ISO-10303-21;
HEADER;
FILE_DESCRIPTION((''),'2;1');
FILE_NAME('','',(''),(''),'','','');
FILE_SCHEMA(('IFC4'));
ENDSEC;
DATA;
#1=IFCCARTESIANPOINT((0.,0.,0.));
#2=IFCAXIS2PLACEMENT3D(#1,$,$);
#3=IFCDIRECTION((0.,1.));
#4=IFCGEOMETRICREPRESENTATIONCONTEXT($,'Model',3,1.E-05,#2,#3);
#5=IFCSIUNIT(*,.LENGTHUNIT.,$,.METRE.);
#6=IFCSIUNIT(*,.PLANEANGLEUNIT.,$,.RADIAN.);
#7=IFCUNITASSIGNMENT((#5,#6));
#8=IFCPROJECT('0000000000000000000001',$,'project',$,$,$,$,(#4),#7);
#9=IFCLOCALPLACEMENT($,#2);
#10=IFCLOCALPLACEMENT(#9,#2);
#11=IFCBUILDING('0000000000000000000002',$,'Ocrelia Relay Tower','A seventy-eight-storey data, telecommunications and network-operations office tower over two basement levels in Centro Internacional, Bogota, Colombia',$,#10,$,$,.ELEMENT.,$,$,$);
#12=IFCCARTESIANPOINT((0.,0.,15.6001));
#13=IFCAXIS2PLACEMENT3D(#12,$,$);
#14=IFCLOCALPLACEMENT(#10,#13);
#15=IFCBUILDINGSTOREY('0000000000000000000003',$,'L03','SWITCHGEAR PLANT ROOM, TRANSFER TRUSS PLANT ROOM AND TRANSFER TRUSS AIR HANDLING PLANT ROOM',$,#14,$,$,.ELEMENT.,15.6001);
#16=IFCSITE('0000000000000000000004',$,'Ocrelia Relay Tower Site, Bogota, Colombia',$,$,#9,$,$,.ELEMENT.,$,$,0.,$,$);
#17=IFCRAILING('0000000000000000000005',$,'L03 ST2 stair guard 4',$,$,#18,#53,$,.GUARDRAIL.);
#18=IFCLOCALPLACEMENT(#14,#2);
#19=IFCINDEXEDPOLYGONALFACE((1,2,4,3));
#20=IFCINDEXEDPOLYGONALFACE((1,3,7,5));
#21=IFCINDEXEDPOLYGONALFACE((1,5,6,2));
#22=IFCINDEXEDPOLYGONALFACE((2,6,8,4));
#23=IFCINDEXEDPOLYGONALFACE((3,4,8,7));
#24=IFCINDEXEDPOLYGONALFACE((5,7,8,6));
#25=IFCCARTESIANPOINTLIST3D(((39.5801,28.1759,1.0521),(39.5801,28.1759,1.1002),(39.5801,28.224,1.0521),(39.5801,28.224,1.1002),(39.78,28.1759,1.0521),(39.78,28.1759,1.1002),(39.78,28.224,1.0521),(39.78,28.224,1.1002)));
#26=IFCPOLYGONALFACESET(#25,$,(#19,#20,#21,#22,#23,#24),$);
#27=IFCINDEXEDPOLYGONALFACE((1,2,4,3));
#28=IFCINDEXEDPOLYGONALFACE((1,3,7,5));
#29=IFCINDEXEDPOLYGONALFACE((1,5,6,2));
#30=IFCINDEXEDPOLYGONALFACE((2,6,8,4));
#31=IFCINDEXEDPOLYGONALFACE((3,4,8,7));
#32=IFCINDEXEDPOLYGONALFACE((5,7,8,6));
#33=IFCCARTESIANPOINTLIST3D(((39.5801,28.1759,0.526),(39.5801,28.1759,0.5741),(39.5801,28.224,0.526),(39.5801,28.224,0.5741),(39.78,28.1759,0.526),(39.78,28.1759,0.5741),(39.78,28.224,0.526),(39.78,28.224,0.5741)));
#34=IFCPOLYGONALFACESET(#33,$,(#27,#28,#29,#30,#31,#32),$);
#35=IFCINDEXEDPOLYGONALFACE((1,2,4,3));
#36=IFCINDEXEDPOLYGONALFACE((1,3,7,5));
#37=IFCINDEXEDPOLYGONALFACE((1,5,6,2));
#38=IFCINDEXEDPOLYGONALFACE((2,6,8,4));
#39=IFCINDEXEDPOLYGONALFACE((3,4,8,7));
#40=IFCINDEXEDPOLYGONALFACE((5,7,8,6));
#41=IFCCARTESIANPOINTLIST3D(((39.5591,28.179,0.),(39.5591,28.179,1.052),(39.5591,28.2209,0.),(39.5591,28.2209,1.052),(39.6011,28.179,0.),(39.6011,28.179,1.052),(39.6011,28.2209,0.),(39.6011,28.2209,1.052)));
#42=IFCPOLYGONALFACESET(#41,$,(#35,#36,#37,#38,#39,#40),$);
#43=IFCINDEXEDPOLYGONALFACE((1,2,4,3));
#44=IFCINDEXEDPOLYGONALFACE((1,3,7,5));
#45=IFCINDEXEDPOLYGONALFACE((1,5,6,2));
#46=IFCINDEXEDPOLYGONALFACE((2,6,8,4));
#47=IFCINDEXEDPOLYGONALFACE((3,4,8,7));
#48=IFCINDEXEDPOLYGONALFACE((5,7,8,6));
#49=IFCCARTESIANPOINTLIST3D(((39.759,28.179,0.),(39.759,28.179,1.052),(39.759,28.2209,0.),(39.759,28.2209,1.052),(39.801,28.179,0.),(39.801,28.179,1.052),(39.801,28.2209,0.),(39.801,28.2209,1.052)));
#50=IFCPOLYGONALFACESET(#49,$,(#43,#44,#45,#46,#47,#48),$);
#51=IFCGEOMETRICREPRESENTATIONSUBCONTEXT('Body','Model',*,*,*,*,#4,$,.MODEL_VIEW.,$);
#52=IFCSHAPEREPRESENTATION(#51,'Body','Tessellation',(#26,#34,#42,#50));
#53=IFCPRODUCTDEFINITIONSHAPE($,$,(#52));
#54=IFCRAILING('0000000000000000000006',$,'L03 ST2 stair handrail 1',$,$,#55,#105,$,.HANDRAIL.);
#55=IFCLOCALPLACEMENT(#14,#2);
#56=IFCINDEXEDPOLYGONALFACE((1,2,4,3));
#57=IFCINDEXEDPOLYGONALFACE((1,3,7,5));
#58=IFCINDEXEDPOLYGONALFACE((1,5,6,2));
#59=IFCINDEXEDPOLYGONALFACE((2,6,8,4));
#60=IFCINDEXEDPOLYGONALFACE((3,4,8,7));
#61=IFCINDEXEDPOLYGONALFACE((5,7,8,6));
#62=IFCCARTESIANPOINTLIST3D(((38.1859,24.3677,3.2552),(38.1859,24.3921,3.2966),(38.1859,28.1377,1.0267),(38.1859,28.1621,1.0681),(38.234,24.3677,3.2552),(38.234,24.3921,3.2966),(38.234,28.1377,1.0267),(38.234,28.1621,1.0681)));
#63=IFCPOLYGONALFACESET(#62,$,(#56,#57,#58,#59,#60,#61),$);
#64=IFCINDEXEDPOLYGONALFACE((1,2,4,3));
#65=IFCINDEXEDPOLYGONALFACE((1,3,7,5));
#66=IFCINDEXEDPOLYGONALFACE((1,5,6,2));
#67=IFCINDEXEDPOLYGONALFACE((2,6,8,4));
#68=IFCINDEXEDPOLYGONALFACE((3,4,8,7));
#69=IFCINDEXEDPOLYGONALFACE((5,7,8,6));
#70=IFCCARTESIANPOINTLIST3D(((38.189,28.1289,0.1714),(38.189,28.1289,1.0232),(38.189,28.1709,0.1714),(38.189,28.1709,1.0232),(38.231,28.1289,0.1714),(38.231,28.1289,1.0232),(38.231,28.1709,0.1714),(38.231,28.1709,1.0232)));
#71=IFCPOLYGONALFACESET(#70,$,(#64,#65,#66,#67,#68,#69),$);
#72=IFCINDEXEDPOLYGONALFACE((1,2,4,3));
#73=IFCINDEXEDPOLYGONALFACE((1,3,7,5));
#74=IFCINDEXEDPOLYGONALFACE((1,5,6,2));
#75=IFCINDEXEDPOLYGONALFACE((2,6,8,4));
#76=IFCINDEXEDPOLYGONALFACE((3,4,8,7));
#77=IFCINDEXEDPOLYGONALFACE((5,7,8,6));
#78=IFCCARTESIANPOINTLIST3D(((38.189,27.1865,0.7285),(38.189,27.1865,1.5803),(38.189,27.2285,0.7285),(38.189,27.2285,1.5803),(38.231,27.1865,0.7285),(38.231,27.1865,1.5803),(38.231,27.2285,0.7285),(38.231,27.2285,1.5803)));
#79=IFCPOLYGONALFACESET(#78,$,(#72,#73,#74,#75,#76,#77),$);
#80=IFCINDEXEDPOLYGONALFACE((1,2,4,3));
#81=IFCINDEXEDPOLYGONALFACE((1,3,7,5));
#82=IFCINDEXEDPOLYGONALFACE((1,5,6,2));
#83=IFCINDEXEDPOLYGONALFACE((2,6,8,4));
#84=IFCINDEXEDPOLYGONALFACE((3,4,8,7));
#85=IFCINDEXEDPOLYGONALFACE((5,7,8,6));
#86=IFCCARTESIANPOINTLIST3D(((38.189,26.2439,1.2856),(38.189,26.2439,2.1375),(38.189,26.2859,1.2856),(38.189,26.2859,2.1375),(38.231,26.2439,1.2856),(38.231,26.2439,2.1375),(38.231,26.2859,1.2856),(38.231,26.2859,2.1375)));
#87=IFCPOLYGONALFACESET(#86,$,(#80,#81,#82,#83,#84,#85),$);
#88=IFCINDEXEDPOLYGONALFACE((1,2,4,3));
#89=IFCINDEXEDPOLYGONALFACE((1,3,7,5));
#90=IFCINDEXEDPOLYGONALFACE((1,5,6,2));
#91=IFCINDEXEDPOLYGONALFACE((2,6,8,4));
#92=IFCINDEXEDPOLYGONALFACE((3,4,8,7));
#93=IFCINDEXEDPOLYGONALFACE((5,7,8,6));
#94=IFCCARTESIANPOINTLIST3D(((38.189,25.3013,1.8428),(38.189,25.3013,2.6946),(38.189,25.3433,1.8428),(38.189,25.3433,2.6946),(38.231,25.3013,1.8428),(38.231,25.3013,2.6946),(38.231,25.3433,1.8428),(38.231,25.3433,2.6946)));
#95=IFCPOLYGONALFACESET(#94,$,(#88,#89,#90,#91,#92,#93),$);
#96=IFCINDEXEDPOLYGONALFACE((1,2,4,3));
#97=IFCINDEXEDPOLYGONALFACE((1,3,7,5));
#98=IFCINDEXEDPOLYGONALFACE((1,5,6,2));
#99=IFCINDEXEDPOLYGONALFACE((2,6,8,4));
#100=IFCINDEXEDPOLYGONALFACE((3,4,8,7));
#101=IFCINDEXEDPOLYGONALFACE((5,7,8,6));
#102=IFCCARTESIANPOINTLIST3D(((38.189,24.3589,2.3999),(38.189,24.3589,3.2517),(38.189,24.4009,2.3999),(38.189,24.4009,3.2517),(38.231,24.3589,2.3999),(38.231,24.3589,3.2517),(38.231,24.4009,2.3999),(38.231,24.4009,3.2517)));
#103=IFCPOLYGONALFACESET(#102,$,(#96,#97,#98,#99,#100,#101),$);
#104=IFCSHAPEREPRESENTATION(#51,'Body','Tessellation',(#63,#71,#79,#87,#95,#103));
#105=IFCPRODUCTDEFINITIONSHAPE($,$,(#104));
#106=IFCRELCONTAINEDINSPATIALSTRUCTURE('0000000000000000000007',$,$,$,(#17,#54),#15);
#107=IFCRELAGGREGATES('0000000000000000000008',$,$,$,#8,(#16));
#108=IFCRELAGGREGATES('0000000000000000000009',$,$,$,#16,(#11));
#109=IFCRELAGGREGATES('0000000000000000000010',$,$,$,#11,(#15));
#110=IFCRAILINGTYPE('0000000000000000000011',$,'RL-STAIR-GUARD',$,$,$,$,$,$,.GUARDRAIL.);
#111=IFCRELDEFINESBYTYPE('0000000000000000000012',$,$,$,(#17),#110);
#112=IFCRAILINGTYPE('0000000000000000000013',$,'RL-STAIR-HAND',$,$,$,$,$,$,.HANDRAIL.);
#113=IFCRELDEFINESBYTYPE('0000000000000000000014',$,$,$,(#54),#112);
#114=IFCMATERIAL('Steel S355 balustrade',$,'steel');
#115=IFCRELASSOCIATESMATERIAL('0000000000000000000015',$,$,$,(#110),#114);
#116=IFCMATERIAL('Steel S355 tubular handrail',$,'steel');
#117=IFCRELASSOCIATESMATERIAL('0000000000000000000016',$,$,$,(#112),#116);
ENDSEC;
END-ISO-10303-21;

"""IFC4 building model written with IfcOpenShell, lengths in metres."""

from ifc_helpers import new_model, si_unit, direction, frame, origin, origin_2d, place, context, subcontext, project, spatial, rectangle, extrude, material, type_object, element, save


model = new_model("IFC4")

# Units and contexts
model_context = context("Model", 3, precision=1e-05, world=origin(), true_north=direction((0.0, 1.0)))
body_context = subcontext(model_context, "Body", "Model", "MODEL_VIEW")
ifc_project = project(units=[si_unit("LENGTHUNIT", "METRE"), si_unit("PLANEANGLEUNIT", "RADIAN")], contexts=[model_context])

# Site, building, storey
site_placement = place(None, origin())
site = spatial("IfcSite", under=ifc_project, at=site_placement, Name="Ocrelia Relay Tower Site, Bogota, Colombia", CompositionType="ELEMENT", RefElevation=0.0)
building_placement = place(site_placement, origin())
building = spatial("IfcBuilding", under=site, at=building_placement, Name="Ocrelia Relay Tower", Description="A seventy-eight-storey data, telecommunications and network-operations office tower over two basement levels in Centro Internacional, Bogota, Colombia", CompositionType="ELEMENT")
storey_placement = place(building_placement, frame((0.0, 0.0, 15.6001)))
storey = spatial("IfcBuildingStorey", under=building, at=storey_placement, Name="L03", Description="SWITCHGEAR PLANT ROOM, TRANSFER TRUSS PLANT ROOM AND TRANSFER TRUSS AIR HANDLING PLANT ROOM", CompositionType="ELEMENT", Elevation=15.6001)

# Railings
ifc_material_1 = material(Name="Steel S355 balustrade", Category="steel")
railing_type_1 = type_object("IfcRailingType", Name="RL-STAIR-GUARD", PredefinedType="GUARDRAIL", material=ifc_material_1)
railing_1_placement = place(storey_placement, frame((39.5801, 28.2, 0.0)))
element("IfcRailing", 1, at=railing_1_placement, inside=storey, type_object=railing_type_1, Name="L03 ST2 stair guard 4", PredefinedType="GUARDRAIL", context=body_context, shape_type="SweptSolid", body=[
    extrude(rectangle(XDim=0.0481, YDim=0.0481, at=origin_2d()), frame((0.0, 0.0, 1.0762), z_axis=(1.0, 0.0, 0.0), x_axis=(0.0, 1.0, 0.0)), (0.0, 0.0, 1.0), 0.2),
    extrude(rectangle(XDim=0.0481, YDim=0.0481, at=origin_2d()), frame((0.0, 0.0, 0.55), z_axis=(1.0, 0.0, 0.0), x_axis=(0.0, 1.0, 0.0)), (0.0, 0.0, 1.0), 0.2),
    extrude(rectangle(XDim=0.042, YDim=0.042, at=origin_2d()), origin(), (0.0, 0.0, 1.0), 1.052),
    extrude(rectangle(XDim=0.042, YDim=0.042, at=origin_2d()), frame((0.2, 0.0, 0.0)), (0.0, 0.0, 1.0), 1.052),
])
ifc_material_2 = material(Name="Steel S355 tubular handrail", Category="steel")
railing_type_2 = type_object("IfcRailingType", Name="RL-STAIR-HAND", PredefinedType="HANDRAIL", material=ifc_material_2)
railing_2_placement = place(storey_placement, frame((38.21, 28.1499, 0.1714)))
element("IfcRailing", 2, at=railing_2_placement, inside=storey, type_object=railing_type_2, Name="L03 ST2 stair handrail 1", PredefinedType="HANDRAIL", context=body_context, shape_type="SweptSolid", body=[
    extrude(rectangle(XDim=0.0481, YDim=0.0481, at=origin_2d()), frame((0.0, 0.0, 0.876), z_axis=(0.0, -0.860849, 0.508861), x_axis=(1.0, 0.0, 0.0)), (0.0, 0.0, 1.0), 4.3794),
    extrude(rectangle(XDim=0.042, YDim=0.042, at=origin_2d()), origin(), (0.0, 0.0, 1.0), 0.8518),
    extrude(rectangle(XDim=0.042, YDim=0.042, at=origin_2d()), frame((0.0, -0.9424, 0.5571)), (0.0, 0.0, 1.0), 0.8518),
    extrude(rectangle(XDim=0.042, YDim=0.042, at=origin_2d()), frame((0.0, -1.885, 1.1143)), (0.0, 0.0, 1.0), 0.8518),
    extrude(rectangle(XDim=0.042, YDim=0.042, at=origin_2d()), frame((0.0, -2.8276, 1.6714)), (0.0, 0.0, 1.0), 0.8518),
    extrude(rectangle(XDim=0.042, YDim=0.042, at=origin_2d()), frame((0.0, -3.77, 2.2285)), (0.0, 0.0, 1.0), 0.8518),
])

save(model, "model.ifc")
